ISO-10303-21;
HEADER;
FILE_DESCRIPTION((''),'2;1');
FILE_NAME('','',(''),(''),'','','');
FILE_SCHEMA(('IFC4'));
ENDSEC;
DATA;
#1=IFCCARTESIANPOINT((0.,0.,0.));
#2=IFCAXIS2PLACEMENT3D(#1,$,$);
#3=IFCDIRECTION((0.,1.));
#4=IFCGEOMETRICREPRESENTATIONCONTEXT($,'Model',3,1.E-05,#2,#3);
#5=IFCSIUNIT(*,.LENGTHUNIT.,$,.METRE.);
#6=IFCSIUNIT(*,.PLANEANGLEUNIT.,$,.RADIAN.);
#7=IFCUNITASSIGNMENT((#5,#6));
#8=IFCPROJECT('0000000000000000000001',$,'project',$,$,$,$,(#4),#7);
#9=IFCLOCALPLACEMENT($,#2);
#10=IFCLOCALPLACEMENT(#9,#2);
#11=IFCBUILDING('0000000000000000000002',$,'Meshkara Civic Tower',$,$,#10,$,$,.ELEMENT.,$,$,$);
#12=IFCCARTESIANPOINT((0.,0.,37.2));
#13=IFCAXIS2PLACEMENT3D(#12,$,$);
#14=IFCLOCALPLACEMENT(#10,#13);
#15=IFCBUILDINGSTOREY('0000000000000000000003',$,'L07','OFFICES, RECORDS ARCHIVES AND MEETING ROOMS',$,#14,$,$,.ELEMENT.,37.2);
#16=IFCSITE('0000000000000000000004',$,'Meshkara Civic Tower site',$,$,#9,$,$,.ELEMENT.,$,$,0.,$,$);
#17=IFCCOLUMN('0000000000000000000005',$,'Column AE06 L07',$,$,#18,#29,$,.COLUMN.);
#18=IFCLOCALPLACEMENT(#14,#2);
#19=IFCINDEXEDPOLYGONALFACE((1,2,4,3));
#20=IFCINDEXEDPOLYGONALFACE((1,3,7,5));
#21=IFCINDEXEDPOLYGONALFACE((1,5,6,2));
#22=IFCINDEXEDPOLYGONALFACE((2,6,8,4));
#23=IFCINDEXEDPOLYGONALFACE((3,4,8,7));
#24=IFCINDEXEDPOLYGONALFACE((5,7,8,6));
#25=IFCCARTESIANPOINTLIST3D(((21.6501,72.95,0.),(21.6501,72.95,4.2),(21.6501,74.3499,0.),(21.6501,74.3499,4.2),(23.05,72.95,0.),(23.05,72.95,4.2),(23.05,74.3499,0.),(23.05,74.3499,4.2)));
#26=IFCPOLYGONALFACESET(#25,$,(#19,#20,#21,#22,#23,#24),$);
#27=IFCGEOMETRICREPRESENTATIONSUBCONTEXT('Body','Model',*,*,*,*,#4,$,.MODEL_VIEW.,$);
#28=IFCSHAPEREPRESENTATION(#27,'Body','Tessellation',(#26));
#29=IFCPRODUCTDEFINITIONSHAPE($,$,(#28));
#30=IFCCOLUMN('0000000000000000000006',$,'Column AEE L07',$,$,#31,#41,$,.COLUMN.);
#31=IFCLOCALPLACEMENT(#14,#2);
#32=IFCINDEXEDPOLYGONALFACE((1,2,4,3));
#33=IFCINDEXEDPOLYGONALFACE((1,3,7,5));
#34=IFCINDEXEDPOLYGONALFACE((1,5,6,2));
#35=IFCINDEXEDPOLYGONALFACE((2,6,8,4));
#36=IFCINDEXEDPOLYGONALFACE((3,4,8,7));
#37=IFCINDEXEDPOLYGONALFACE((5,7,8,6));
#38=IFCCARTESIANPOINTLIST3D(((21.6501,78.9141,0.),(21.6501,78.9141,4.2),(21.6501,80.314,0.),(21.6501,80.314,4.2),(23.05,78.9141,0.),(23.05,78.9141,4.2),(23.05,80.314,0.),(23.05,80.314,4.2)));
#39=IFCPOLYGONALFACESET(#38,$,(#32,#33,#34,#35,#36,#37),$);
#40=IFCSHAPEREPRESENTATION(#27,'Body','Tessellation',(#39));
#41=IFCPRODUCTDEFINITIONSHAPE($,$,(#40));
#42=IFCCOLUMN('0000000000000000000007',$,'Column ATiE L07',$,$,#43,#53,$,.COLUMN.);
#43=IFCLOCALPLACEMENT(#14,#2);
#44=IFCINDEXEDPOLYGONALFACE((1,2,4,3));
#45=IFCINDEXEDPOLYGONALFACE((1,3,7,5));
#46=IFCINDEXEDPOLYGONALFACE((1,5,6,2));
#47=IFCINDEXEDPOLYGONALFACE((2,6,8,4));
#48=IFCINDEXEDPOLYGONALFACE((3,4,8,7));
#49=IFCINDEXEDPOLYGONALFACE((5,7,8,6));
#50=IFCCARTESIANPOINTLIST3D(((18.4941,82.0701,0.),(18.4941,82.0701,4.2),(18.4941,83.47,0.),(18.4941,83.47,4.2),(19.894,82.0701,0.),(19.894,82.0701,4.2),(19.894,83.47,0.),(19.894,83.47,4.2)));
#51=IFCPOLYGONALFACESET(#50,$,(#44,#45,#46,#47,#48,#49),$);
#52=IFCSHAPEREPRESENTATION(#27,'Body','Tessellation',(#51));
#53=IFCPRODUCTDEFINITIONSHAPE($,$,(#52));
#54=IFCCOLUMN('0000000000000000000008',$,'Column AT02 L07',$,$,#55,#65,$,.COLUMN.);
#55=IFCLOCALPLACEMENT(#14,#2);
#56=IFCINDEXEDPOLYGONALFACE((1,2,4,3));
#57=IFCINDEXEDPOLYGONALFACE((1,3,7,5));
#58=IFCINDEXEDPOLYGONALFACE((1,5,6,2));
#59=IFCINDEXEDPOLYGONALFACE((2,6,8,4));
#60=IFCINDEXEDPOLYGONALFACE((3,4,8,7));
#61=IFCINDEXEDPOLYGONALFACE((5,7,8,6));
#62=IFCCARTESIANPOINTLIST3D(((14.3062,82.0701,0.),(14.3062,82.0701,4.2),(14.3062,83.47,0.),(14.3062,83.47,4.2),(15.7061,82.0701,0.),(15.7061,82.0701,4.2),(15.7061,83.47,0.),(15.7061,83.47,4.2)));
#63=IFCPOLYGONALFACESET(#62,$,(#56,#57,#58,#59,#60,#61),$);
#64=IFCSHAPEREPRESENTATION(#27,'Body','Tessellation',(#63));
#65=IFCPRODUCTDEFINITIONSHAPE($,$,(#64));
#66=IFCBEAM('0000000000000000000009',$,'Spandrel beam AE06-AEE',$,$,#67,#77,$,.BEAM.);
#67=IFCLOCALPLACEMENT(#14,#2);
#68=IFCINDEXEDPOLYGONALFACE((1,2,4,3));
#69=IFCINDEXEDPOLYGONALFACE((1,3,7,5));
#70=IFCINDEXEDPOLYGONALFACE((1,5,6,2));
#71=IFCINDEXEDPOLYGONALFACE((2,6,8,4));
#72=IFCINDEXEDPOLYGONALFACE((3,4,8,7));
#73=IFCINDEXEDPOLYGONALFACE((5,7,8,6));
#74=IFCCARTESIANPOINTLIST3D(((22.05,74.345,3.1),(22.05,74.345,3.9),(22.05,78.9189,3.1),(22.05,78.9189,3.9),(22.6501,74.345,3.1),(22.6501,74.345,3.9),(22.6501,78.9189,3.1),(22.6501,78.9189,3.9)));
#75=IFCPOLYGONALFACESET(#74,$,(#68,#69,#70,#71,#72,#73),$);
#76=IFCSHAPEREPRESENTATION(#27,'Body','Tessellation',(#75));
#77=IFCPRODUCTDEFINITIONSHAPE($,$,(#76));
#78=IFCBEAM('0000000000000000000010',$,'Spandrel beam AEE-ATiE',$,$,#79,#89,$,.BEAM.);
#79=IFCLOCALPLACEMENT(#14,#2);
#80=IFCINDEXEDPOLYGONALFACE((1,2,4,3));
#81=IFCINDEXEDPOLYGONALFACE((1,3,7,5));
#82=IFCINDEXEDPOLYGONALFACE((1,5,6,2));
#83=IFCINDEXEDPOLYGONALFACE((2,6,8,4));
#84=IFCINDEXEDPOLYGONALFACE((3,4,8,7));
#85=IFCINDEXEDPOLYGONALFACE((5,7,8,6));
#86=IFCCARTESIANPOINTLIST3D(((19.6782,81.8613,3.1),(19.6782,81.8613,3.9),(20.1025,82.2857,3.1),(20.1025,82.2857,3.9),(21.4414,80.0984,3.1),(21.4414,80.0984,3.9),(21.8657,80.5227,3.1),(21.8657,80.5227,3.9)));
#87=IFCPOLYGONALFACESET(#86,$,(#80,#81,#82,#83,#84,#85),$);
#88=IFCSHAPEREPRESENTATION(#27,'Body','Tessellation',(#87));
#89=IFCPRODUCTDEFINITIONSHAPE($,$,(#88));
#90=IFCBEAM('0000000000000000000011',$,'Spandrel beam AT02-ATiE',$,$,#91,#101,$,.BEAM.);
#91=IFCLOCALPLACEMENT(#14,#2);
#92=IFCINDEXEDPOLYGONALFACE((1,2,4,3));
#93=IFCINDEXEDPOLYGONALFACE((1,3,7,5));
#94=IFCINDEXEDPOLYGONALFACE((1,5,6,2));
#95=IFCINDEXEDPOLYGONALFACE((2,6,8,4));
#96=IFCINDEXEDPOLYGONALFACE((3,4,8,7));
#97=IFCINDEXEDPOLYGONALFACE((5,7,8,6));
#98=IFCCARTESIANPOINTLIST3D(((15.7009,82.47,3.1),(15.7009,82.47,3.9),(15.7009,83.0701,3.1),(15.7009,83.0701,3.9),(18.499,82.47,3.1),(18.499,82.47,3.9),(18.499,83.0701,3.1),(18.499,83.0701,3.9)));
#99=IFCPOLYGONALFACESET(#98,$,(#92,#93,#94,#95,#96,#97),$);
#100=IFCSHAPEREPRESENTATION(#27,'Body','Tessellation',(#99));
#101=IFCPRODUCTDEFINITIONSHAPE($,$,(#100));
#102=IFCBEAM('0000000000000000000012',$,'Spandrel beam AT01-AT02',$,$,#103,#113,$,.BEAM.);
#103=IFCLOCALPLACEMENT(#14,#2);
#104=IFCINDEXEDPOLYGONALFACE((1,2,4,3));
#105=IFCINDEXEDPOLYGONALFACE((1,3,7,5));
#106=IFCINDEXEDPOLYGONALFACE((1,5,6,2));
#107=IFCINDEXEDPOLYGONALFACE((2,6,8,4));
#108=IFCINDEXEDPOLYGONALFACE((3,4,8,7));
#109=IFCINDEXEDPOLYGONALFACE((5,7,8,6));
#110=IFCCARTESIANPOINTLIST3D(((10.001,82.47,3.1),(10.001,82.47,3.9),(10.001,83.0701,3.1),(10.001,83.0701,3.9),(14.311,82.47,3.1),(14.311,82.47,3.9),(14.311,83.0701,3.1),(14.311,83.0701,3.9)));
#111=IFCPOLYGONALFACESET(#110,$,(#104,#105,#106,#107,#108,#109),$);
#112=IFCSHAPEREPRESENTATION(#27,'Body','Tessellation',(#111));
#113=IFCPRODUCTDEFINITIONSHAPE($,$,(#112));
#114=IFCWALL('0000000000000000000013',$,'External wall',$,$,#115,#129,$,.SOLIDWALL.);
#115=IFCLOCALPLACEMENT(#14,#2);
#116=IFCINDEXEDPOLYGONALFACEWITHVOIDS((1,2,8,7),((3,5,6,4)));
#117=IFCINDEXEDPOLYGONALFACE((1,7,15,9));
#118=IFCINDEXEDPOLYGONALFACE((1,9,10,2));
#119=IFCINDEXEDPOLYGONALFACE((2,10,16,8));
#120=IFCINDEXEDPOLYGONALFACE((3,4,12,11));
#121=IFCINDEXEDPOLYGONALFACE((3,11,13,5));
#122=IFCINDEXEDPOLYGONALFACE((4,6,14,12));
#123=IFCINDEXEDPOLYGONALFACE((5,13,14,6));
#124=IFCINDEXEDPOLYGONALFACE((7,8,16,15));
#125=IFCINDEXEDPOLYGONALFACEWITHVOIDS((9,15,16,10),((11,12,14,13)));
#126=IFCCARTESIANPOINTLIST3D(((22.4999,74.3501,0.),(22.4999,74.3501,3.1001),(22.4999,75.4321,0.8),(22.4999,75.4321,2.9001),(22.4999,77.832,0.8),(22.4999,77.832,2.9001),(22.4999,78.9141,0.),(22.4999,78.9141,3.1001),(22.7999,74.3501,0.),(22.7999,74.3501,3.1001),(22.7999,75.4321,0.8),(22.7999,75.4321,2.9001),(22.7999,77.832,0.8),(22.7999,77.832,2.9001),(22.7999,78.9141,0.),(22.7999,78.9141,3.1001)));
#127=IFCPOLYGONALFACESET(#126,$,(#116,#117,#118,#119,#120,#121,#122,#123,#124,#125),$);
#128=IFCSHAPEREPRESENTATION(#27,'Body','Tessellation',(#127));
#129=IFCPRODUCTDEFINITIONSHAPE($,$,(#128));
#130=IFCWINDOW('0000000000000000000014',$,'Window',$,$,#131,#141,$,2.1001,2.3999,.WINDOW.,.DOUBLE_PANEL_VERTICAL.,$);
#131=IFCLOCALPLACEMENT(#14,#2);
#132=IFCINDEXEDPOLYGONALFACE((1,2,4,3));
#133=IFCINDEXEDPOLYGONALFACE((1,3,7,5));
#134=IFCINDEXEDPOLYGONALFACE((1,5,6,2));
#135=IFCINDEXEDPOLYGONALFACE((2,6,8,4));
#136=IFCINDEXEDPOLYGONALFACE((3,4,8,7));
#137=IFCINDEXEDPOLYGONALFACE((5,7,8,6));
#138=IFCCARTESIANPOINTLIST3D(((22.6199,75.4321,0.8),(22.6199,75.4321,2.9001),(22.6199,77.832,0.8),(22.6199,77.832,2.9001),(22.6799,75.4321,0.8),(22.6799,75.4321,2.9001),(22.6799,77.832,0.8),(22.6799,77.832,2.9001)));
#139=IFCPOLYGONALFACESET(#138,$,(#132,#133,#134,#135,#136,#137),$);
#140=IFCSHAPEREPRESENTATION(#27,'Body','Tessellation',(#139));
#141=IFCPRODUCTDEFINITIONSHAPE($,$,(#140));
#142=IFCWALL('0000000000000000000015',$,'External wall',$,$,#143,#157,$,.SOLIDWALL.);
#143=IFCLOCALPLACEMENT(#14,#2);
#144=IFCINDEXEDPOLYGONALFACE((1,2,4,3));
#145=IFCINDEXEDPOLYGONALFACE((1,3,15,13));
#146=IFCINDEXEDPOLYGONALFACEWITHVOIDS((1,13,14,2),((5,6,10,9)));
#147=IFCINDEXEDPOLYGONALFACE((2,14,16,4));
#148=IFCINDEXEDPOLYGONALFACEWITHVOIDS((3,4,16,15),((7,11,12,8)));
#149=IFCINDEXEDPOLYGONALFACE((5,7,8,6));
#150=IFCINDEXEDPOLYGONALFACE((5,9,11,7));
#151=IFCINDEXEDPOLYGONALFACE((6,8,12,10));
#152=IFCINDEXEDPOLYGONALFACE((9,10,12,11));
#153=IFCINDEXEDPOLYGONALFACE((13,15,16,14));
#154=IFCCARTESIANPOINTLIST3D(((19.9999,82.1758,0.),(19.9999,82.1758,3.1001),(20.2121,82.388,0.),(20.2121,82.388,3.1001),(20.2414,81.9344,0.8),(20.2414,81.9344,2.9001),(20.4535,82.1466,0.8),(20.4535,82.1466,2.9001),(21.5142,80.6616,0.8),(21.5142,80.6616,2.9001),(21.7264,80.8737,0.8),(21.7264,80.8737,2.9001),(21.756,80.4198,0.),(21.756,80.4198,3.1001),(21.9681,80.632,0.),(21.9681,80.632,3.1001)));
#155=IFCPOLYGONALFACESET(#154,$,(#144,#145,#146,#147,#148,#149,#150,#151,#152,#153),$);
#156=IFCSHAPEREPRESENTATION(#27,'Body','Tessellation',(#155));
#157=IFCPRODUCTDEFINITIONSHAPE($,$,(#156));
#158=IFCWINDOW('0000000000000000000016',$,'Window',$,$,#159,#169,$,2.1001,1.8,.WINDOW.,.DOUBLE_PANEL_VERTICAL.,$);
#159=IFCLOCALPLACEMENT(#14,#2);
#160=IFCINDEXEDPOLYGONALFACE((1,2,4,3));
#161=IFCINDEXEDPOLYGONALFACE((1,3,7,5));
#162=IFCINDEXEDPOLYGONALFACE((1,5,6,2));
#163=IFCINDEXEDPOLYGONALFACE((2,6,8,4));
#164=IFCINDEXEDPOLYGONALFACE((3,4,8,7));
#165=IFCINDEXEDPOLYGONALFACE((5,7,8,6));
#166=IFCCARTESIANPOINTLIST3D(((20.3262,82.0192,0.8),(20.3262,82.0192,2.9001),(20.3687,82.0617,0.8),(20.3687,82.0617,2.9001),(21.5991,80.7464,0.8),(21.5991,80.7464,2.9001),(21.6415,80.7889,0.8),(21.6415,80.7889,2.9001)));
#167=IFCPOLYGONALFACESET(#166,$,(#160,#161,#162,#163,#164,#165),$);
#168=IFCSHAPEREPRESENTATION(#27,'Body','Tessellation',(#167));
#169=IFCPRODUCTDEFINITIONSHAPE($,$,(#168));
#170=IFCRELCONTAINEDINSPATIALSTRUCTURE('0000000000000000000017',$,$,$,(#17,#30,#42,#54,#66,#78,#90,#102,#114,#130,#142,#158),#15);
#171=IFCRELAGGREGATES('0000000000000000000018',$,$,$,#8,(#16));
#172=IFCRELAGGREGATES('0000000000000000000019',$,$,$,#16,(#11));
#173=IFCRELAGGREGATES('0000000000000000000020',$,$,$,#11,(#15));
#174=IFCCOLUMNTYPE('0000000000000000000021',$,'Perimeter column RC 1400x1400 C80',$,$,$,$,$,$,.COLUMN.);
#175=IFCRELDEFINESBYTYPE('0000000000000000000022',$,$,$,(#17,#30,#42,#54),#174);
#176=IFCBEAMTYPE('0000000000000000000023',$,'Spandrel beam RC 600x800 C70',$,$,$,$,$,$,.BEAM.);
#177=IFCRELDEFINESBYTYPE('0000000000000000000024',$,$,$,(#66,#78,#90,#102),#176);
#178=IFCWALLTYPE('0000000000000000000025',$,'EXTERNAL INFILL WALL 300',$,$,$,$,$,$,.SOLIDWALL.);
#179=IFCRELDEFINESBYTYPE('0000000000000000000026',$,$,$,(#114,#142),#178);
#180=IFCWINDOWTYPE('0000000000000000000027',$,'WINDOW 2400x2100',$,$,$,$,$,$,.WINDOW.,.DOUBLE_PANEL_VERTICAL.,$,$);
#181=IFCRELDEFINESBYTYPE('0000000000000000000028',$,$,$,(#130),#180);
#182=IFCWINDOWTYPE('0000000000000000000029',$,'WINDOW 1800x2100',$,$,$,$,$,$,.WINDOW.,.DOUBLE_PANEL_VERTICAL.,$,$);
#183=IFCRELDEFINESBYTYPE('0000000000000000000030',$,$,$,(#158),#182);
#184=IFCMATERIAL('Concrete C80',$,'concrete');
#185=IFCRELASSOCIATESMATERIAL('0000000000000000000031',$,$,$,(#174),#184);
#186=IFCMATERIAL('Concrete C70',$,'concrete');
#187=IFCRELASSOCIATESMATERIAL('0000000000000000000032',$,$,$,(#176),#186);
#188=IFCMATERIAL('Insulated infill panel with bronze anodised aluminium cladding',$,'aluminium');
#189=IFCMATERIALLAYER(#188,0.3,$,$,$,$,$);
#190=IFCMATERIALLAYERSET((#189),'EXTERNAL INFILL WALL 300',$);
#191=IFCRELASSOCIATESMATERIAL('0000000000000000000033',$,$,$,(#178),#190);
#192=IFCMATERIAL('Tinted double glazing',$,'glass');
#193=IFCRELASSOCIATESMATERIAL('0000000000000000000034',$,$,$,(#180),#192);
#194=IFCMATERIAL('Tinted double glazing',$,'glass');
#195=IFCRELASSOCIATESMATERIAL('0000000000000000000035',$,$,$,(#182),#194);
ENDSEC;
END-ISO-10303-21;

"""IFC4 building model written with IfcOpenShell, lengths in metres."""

from ifc_helpers import new_model, si_unit, direction, frame, frame_2d, origin, origin_2d, place, context, subcontext, project, spatial, rectangle, extrude, material, layer, layer_set, material_profile, profile_set, type_object, element, fill, save


model = new_model("IFC4")

# Units and contexts
model_context = context("Model", 3, precision=1e-05, world=origin(), true_north=direction((0.0, 1.0)))
body_context = subcontext(model_context, "Body", "Model", "MODEL_VIEW")
ifc_project = project(units=[si_unit("LENGTHUNIT", "METRE"), si_unit("PLANEANGLEUNIT", "RADIAN")], contexts=[model_context])

# Site, building, storey
site_placement = place(None, origin())
site = spatial("IfcSite", under=ifc_project, at=site_placement, Name="Meshkara Civic Tower site", CompositionType="ELEMENT", RefElevation=0.0)
building_placement = place(site_placement, origin())
building = spatial("IfcBuilding", under=site, at=building_placement, Name="Meshkara Civic Tower", CompositionType="ELEMENT")
storey_placement = place(building_placement, frame((0.0, 0.0, 37.2)))
storey = spatial("IfcBuildingStorey", under=building, at=storey_placement, Name="L07", Description="OFFICES, RECORDS ARCHIVES AND MEETING ROOMS", CompositionType="ELEMENT", Elevation=37.2)

# Columns
ifc_material_1 = material(Name="Concrete C80", Category="concrete")
ifc_material_profile_1 = material_profile(ifc_material_1, rectangle(XDim=1.3999, YDim=1.3999, at=origin_2d()))
ifc_profile_set_1 = profile_set([ifc_material_profile_1], Name="Concrete C80")
column_type = type_object("IfcColumnType", Name="Perimeter column RC 1400x1400 C80", PredefinedType="COLUMN", material=ifc_profile_set_1)
for number, where, z_axis, x_axis, name in (
    (1, (22.3501, 73.6499, 0.0), (0.0, 0.0, 1.0), (1.0, 0.0, 0.0), "Column AE06 L07"),
    (2, (22.3501, 79.614, 0.0), (0.0, 0.0, 1.0), (1.0, 0.0, 0.0), "Column AEE L07"),
    (3, (19.1941, 82.77, 0.0), (0.0, 0.0, 1.0), (1.0, 0.0, 0.0), "Column ATiE L07"),
    (4, (15.0061, 82.77, 0.0), (0.0, 0.0, 1.0), (1.0, 0.0, 0.0), "Column AT02 L07"),
):
    element("IfcColumn", number, at=place(storey_placement, frame(where, z_axis=z_axis, x_axis=x_axis)), inside=storey, type_object=column_type, Name=name, PredefinedType="COLUMN", context=body_context, shape_type="SweptSolid", body=[
        extrude(rectangle(XDim=1.3999, YDim=1.3999, at=origin_2d()), origin(), (0.0, 0.0, 1.0), 4.2),
    ])

# Beams
ifc_material_2 = material(Name="Concrete C70", Category="concrete")
ifc_material_profile_2 = material_profile(ifc_material_2, rectangle(XDim=0.6001, YDim=0.8, at=origin_2d()))
ifc_profile_set_2 = profile_set([ifc_material_profile_2], Name="Concrete C70")
beam_type = type_object("IfcBeamType", Name="Spandrel beam RC 600x800 C70", PredefinedType="BEAM", material=ifc_profile_set_2)
beam_1_placement = place(storey_placement, frame((22.3501, 74.345, 3.5), z_axis=(0.0, 1.0, 0.0), x_axis=(-1.0, 0.0, 0.0)))
element("IfcBeam", 5, at=beam_1_placement, inside=storey, type_object=beam_type, Name="Spandrel beam AE06-AEE", PredefinedType="BEAM", context=body_context, shape_type="SweptSolid", body=[
    extrude(rectangle(XDim=0.6001, YDim=0.8, at=origin_2d()), origin(), (0.0, 0.0, 1.0), 4.574),
])
beam_2_placement = place(storey_placement, frame((21.6536, 80.3105, 3.5), z_axis=(-0.707156, 0.707058, 0.0), x_axis=(-0.707058, -0.707156, 0.0)))
element("IfcBeam", 6, at=beam_2_placement, inside=storey, type_object=beam_type, Name="Spandrel beam AEE-ATiE", PredefinedType="BEAM", context=body_context, shape_type="SweptSolid", body=[
    extrude(rectangle(XDim=0.6001, YDim=0.8, at=origin_2d()), origin(), (0.0, 0.0, 1.0), 2.4934),
])
beam_3_placement = place(storey_placement, frame((18.499, 82.77, 3.5), z_axis=(-1.0, 0.0, 0.0), x_axis=(0.0, -1.0, 0.0)))
element("IfcBeam", 7, at=beam_3_placement, inside=storey, type_object=beam_type, Name="Spandrel beam AT02-ATiE", PredefinedType="BEAM", context=body_context, shape_type="SweptSolid", body=[
    extrude(rectangle(XDim=0.6001, YDim=0.8, at=origin_2d()), origin(), (0.0, 0.0, 1.0), 2.7981),
])
beam_4_placement = place(storey_placement, frame((14.311, 82.77, 3.5), z_axis=(-1.0, 0.0, 0.0), x_axis=(0.0, -1.0, 0.0)))
element("IfcBeam", 8, at=beam_4_placement, inside=storey, type_object=beam_type, Name="Spandrel beam AT01-AT02", PredefinedType="BEAM", context=body_context, shape_type="SweptSolid", body=[
    extrude(rectangle(XDim=0.6001, YDim=0.8, at=origin_2d()), origin(), (0.0, 0.0, 1.0), 4.3101),
])

# Walls, openings, windows
ifc_material_3 = material(Name="Insulated infill panel with bronze anodised aluminium cladding", Category="aluminium")
ifc_layer = layer(ifc_material_3, 0.3)
ifc_layer_set = layer_set([ifc_layer], Name="EXTERNAL INFILL WALL 300")
wall_type = type_object("IfcWallType", Name="EXTERNAL INFILL WALL 300", PredefinedType="SOLIDWALL", material=ifc_layer_set)
wall_1_placement = place(storey_placement, frame((22.6499, 74.3501, 0.0), z_axis=(0.0, 0.0, 1.0), x_axis=(0.0, 1.0, 0.0)))
wall_1 = element("IfcWall", 9, at=wall_1_placement, inside=storey, type_object=wall_type, Name="External wall", PredefinedType="SOLIDWALL", context=body_context, shape_type="SweptSolid", body=[
    extrude(rectangle(XDim=4.564, YDim=0.3, at=frame_2d((2.282, 0.0))), origin(), (0.0, 0.0, 1.0), 3.1001),
])
opening_1_placement = place(wall_1_placement, frame((1.082, 0.0, 0.8)))
opening_1 = element("IfcOpeningElement", 10, at=opening_1_placement, cuts=wall_1, PredefinedType="OPENING", context=body_context, shape_type="SweptSolid", body=[
    extrude(rectangle(XDim=2.3999, YDim=2.1001, at=frame_2d((1.2, 1.05))), frame((0.0, 0.1599, 0.0), z_axis=(0.0, -1.0, 0.0), x_axis=(1.0, 0.0, 0.0)), (0.0, 0.0, 1.0), 0.3201),
])
ifc_material_4 = material(Name="Tinted double glazing", Category="glass")
window_type_1 = type_object("IfcWindowType", Name="WINDOW 2400x2100", PartitioningType="DOUBLE_PANEL_VERTICAL", PredefinedType="WINDOW", material=ifc_material_4)
window_1_placement = place(opening_1_placement, origin())
window_1 = element("IfcWindow", 11, at=window_1_placement, inside=storey, type_object=window_type_1, Name="Window", OverallHeight=2.1001, OverallWidth=2.3999, PartitioningType="DOUBLE_PANEL_VERTICAL", PredefinedType="WINDOW", context=body_context, shape_type="SweptSolid", body=[
    extrude(rectangle(XDim=2.3999, YDim=2.1001, at=frame_2d((1.2, 1.05))), frame((0.0, 0.03, 0.0), z_axis=(0.0, -1.0, 0.0), x_axis=(1.0, 0.0, 0.0)), (0.0, 0.0, 1.0), 0.0601),
])
fill(opening_1, window_1)
wall_2_placement = place(storey_placement, frame((21.8621, 80.5259, 0.0), z_axis=(0.0, 0.0, 1.0), x_axis=(-0.707107, 0.707107, 0.0)))
wall_2 = element("IfcWall", 12, at=wall_2_placement, inside=storey, type_object=wall_type, Name="External wall", PredefinedType="SOLIDWALL", context=body_context, shape_type="SweptSolid", body=[
    extrude(rectangle(XDim=2.4834, YDim=0.3, at=frame_2d((1.2417, 0.0))), origin(), (0.0, 0.0, 1.0), 3.1001),
])
opening_2_placement = place(wall_2_placement, frame((0.342, 0.0, 0.8)))
opening_2 = element("IfcOpeningElement", 13, at=opening_2_placement, cuts=wall_2, PredefinedType="OPENING", context=body_context, shape_type="SweptSolid", body=[
    extrude(rectangle(XDim=1.8, YDim=2.1001, at=frame_2d((0.8999, 1.05))), frame((0.0, 0.1599, 0.0), z_axis=(0.0, -1.0, 0.0), x_axis=(1.0, 0.0, 0.0)), (0.0, 0.0, 1.0), 0.3201),
])
ifc_material_5 = material(Name="Tinted double glazing", Category="glass")
window_type_2 = type_object("IfcWindowType", Name="WINDOW 1800x2100", PartitioningType="DOUBLE_PANEL_VERTICAL", PredefinedType="WINDOW", material=ifc_material_5)
window_2_placement = place(opening_2_placement, origin())
window_2 = element("IfcWindow", 14, at=window_2_placement, inside=storey, type_object=window_type_2, Name="Window", OverallHeight=2.1001, OverallWidth=1.8, PartitioningType="DOUBLE_PANEL_VERTICAL", PredefinedType="WINDOW", context=body_context, shape_type="SweptSolid", body=[
    extrude(rectangle(XDim=1.8, YDim=2.1001, at=frame_2d((0.8999, 1.05))), frame((0.0, 0.03, 0.0), z_axis=(0.0, -1.0, 0.0), x_axis=(1.0, 0.0, 0.0)), (0.0, 0.0, 1.0), 0.0601),
])
fill(opening_2, window_2)

save(model, "model.ifc")
